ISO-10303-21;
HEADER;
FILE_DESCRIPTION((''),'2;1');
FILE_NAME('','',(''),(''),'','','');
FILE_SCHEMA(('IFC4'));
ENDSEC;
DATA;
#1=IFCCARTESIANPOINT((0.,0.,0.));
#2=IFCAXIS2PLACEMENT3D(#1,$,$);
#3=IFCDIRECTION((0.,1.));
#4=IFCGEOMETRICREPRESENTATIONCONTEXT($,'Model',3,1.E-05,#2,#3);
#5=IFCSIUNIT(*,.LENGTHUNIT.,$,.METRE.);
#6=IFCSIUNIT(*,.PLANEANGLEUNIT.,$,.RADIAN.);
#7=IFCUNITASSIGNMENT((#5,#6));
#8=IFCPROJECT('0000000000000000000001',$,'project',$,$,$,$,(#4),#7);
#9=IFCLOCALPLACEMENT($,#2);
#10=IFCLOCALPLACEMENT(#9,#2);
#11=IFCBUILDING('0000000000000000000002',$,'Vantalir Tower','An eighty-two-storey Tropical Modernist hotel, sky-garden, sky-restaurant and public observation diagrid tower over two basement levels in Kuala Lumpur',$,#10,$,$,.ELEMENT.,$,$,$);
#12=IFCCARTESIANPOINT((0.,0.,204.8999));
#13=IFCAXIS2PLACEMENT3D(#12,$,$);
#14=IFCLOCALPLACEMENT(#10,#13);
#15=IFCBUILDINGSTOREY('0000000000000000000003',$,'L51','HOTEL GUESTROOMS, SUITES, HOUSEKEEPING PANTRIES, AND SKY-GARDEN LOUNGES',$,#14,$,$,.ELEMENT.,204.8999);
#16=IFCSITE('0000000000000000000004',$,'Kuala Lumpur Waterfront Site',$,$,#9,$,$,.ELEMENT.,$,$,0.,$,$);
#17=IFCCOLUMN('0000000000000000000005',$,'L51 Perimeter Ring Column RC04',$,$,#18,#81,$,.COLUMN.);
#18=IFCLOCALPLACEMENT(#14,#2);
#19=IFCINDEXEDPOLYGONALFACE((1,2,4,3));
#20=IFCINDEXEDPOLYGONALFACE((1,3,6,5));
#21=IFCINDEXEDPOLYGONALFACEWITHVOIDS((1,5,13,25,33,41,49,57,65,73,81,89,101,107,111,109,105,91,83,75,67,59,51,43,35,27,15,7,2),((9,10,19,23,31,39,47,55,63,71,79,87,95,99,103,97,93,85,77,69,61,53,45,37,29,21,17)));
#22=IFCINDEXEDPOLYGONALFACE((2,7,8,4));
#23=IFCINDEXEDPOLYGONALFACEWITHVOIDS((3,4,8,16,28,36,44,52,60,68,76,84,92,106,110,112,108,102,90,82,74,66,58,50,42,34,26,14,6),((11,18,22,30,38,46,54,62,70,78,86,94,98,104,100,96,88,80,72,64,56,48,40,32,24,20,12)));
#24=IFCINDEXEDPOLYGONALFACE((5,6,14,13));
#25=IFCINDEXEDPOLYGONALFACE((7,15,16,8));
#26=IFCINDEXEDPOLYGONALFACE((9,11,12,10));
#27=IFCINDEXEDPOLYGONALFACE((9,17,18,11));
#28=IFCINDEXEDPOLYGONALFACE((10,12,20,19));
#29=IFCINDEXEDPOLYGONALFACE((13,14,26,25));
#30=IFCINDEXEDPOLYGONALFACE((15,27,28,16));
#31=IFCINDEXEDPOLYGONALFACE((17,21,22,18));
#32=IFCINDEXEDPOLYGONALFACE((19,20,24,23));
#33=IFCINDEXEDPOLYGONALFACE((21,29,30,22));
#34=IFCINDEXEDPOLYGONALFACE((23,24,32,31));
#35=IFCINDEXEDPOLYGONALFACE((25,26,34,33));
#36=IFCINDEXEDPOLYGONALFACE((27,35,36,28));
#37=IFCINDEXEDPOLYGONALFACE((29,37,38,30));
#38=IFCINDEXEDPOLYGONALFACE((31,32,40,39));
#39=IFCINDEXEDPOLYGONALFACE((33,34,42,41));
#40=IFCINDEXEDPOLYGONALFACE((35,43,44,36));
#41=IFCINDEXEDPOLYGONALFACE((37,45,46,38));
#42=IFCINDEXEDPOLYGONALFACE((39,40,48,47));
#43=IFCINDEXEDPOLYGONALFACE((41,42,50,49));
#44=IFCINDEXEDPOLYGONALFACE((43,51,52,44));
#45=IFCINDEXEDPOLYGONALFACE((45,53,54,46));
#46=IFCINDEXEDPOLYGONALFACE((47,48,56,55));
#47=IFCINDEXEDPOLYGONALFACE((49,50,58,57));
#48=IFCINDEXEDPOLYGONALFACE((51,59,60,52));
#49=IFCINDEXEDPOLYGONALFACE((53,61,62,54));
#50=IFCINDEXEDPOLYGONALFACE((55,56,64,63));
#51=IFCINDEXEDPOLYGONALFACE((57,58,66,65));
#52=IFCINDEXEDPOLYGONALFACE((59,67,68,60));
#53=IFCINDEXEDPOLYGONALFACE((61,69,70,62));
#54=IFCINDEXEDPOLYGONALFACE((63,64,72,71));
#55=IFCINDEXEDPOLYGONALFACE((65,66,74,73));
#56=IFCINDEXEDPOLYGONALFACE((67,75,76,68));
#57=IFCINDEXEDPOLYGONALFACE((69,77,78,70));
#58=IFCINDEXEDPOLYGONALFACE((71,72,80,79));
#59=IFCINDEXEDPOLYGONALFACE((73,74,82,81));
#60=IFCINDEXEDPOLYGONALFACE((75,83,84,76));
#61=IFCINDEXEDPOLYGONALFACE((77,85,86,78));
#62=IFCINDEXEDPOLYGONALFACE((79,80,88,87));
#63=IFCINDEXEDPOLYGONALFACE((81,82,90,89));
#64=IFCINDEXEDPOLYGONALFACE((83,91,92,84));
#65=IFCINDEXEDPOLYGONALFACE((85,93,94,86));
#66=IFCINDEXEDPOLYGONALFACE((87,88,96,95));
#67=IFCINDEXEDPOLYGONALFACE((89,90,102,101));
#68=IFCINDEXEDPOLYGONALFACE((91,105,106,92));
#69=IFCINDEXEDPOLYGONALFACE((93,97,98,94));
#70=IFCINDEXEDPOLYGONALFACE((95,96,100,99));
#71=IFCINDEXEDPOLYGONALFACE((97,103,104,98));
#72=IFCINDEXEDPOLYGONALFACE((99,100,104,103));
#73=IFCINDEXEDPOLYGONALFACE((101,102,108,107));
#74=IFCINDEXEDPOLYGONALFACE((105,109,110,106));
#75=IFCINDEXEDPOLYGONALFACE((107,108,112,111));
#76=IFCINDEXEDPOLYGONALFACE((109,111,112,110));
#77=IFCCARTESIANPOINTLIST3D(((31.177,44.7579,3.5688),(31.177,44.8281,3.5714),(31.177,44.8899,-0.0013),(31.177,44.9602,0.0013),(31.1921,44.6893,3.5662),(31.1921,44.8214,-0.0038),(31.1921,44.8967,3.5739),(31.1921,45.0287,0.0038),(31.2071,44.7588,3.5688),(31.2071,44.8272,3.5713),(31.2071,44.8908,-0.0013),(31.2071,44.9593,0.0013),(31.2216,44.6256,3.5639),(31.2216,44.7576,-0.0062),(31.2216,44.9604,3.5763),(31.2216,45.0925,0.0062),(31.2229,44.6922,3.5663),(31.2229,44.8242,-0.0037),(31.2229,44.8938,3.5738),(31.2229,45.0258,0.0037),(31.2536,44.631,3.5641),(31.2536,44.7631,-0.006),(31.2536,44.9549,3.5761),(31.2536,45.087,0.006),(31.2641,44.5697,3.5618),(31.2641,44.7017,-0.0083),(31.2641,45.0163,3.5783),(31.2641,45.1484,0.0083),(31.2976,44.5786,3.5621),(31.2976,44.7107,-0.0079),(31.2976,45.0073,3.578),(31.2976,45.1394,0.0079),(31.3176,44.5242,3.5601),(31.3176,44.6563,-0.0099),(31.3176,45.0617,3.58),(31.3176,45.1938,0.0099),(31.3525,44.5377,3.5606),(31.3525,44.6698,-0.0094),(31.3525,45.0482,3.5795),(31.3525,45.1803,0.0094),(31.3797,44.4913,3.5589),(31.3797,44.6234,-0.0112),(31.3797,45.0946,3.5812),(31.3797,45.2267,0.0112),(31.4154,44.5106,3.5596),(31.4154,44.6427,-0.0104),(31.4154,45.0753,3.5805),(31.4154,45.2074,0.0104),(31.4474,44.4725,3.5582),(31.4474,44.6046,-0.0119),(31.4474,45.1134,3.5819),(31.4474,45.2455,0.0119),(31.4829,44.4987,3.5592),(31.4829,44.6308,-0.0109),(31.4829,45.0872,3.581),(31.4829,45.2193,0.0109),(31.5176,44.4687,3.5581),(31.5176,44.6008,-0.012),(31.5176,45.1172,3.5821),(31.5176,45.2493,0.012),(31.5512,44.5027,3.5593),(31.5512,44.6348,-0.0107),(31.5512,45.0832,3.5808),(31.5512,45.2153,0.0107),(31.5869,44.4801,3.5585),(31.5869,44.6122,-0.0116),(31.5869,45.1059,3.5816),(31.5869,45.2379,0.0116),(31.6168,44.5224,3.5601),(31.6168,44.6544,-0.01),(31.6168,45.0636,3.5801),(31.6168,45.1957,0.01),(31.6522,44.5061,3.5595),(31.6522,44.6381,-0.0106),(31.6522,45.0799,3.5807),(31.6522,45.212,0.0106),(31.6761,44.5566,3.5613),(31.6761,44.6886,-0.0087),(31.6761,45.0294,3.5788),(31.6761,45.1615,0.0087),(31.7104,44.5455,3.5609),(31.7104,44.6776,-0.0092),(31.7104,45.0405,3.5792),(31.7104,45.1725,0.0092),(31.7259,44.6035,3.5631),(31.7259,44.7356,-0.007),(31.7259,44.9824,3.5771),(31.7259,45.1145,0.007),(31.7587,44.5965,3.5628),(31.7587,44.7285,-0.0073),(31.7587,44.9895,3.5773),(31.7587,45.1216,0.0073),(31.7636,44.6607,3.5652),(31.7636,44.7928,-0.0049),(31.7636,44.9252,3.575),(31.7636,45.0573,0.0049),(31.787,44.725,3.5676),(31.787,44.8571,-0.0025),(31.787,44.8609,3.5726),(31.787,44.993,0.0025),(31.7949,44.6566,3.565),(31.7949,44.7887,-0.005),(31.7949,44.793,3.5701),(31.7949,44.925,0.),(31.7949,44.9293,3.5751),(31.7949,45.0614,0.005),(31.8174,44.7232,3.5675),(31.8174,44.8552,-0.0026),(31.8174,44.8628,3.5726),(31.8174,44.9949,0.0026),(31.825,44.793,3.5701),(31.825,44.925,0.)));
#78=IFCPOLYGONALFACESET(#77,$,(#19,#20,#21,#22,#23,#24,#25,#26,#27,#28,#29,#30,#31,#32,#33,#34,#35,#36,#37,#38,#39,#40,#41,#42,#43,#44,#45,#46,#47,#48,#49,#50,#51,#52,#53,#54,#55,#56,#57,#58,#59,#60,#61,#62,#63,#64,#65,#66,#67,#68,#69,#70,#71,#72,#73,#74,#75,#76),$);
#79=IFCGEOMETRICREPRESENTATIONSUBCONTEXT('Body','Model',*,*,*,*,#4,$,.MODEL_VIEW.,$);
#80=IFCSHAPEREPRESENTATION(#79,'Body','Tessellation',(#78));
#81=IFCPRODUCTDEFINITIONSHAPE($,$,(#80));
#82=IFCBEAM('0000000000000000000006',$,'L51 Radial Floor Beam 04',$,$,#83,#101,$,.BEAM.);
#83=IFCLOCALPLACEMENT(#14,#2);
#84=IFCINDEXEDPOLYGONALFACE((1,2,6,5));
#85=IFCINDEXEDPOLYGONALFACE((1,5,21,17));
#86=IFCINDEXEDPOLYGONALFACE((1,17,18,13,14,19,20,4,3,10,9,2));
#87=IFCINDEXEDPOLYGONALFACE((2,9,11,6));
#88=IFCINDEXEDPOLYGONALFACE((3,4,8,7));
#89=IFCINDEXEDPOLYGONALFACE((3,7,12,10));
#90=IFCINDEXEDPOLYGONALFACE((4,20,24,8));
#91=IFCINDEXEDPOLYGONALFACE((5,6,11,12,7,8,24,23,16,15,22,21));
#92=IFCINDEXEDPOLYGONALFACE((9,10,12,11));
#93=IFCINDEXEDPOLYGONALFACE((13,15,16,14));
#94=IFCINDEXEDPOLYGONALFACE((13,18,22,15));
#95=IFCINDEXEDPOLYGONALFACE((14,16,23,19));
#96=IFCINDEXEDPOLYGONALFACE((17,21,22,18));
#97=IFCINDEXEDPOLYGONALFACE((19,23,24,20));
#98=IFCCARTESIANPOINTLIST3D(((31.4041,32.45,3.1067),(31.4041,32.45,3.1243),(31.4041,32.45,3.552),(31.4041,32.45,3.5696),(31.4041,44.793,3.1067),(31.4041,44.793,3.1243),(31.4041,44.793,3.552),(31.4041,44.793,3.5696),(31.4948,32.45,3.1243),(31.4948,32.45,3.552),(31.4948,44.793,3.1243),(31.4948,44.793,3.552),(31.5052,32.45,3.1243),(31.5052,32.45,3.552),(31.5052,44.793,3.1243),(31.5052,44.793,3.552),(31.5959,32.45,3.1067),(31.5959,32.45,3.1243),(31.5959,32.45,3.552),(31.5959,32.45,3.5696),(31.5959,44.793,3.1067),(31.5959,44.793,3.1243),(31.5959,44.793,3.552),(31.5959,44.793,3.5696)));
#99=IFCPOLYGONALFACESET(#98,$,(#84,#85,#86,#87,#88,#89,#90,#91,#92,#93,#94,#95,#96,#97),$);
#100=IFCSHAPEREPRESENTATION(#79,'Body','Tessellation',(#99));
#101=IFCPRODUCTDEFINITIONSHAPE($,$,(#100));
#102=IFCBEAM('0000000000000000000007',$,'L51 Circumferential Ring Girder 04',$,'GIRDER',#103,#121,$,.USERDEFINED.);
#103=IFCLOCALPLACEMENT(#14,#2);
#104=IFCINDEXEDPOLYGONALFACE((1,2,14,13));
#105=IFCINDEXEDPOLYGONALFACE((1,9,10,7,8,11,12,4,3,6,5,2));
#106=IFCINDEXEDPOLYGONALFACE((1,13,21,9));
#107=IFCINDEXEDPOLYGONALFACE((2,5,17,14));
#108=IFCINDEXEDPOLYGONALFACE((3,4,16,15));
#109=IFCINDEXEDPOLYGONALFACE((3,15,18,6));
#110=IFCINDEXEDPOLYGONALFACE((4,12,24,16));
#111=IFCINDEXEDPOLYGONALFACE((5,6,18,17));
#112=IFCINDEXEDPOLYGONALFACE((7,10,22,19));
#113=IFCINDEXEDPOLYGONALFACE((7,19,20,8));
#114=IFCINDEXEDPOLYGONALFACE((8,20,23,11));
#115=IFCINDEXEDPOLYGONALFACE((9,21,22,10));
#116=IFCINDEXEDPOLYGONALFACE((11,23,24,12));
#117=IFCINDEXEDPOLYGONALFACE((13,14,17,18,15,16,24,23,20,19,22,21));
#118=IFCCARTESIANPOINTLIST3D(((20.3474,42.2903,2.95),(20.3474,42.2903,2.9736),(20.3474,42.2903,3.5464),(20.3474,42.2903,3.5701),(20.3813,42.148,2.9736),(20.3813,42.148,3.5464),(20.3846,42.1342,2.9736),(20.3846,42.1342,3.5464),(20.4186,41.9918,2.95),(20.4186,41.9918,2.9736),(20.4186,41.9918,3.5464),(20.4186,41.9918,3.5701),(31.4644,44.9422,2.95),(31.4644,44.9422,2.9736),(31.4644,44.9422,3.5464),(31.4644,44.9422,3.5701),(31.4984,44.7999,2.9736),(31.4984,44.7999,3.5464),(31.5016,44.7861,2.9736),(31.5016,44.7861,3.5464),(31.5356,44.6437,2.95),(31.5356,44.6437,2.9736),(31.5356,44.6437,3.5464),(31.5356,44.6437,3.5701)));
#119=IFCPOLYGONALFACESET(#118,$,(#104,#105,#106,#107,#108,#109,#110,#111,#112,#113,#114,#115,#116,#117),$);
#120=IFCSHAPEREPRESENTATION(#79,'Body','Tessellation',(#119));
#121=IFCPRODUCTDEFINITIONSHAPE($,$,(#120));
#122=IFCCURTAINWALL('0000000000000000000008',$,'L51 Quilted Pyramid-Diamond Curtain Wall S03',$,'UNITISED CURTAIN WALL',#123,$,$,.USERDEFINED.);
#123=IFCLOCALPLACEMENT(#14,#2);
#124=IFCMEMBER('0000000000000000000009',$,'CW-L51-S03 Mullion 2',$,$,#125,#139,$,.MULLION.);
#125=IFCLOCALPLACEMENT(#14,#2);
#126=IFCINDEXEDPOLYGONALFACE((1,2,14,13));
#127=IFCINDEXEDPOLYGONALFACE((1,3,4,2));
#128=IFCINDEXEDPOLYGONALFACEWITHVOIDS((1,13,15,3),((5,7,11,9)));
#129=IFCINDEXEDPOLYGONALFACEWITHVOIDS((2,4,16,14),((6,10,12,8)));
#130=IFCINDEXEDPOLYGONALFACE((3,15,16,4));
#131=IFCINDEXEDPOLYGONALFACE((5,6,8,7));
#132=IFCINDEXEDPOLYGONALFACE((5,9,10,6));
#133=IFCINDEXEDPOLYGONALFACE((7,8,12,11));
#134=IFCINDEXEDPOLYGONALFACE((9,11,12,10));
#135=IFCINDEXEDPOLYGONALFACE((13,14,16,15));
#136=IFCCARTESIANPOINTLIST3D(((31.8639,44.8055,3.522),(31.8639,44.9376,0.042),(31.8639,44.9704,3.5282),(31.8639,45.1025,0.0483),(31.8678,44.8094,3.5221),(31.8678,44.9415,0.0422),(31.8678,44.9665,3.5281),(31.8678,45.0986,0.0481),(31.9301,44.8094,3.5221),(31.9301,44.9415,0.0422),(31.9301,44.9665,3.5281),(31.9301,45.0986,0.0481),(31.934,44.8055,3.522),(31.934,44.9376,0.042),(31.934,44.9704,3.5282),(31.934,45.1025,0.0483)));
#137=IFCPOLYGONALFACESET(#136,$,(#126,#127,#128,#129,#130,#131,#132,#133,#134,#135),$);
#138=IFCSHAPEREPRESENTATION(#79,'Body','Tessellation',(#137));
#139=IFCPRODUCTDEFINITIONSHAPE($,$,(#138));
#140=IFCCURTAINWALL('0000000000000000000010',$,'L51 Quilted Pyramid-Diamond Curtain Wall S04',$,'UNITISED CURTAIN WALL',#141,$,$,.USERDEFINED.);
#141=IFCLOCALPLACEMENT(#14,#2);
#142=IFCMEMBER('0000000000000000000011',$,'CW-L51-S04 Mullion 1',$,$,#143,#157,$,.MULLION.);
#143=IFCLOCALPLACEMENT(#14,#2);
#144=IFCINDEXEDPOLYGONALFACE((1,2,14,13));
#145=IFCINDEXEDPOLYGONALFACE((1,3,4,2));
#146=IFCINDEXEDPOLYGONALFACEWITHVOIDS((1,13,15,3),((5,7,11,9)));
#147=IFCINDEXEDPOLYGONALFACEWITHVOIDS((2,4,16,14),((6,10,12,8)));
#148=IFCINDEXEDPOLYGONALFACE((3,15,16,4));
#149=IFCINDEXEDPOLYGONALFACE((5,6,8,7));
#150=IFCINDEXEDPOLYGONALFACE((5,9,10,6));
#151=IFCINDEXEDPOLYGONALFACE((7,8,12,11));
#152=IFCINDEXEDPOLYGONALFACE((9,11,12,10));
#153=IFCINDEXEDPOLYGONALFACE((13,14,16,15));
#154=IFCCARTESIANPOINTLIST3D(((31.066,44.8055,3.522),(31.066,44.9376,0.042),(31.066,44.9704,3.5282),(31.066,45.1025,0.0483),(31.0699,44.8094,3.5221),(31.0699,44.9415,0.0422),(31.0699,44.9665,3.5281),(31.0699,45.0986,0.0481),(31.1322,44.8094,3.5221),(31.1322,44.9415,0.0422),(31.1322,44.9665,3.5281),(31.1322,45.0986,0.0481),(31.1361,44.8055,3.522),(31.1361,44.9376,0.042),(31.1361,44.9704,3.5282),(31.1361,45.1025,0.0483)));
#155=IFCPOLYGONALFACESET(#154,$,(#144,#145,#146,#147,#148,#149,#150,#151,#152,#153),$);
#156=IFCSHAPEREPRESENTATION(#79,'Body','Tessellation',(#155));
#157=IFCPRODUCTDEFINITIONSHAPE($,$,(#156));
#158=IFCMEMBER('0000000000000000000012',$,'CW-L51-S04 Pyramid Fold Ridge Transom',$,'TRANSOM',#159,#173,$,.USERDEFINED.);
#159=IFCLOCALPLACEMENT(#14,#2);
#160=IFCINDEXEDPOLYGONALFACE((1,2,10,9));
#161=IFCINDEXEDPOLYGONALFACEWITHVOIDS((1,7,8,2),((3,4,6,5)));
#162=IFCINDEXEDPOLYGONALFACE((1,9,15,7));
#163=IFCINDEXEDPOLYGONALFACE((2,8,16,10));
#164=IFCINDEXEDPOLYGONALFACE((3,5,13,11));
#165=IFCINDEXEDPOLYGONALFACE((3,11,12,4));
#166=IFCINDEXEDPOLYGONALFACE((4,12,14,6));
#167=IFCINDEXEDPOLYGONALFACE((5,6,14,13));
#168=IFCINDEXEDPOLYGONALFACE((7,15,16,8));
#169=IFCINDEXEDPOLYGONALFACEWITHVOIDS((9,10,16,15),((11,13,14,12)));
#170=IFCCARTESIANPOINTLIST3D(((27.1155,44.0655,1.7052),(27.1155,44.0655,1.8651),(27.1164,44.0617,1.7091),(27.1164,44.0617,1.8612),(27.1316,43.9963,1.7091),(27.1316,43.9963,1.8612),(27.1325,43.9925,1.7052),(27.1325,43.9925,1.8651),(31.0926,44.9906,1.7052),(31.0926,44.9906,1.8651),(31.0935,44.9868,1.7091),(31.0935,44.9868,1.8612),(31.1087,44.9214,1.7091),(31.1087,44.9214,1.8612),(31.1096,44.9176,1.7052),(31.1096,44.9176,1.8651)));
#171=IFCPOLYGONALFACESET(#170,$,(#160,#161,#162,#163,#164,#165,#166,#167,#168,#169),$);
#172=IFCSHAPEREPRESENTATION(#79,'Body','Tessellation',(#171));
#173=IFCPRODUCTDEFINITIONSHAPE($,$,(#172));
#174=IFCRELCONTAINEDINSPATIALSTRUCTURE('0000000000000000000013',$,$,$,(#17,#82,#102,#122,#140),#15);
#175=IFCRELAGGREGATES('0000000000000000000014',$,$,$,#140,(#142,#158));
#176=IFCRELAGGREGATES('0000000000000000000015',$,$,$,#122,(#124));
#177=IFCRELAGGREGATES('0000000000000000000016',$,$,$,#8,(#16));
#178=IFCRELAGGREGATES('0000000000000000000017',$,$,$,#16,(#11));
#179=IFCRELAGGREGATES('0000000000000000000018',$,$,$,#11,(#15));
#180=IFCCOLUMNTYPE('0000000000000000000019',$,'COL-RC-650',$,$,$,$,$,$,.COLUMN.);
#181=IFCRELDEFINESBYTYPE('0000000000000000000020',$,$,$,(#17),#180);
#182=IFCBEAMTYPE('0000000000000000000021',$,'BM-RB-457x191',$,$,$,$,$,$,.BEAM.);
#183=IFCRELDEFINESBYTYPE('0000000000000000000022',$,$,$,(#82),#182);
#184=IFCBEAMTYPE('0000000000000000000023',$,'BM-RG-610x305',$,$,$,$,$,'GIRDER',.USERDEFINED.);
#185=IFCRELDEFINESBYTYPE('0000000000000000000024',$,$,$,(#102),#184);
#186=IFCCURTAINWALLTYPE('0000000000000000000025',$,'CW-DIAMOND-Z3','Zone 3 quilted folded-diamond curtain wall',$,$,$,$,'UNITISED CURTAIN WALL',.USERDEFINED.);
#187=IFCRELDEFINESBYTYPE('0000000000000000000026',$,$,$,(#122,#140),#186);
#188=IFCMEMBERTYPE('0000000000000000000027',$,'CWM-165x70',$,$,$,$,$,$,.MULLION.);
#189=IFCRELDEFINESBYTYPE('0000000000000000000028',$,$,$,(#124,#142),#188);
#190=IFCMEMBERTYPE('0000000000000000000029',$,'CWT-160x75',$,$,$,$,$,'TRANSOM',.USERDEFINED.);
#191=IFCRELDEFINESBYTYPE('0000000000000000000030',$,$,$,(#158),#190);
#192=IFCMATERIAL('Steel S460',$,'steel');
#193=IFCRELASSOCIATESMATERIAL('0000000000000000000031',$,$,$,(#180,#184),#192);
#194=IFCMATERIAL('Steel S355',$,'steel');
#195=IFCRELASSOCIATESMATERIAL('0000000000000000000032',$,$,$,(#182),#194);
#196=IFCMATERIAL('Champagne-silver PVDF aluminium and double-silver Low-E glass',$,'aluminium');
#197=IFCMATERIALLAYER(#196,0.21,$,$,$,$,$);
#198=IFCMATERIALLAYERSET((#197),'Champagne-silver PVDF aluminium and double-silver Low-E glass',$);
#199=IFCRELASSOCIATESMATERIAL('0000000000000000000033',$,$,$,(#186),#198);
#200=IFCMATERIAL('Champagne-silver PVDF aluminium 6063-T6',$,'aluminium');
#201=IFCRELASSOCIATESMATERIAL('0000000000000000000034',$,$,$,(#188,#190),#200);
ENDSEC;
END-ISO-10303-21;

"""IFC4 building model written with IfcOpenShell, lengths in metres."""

from ifc_helpers import new_model, si_unit, direction, frame, origin, origin_2d, place, context, subcontext, project, spatial, hollow_rectangle, hollow_circle, i_section, extrude, material, layer, layer_set, material_profile, profile_set, type_object, element, aggregate, save


model = new_model("IFC4")

# Units and contexts
model_context = context("Model", 3, precision=1e-05, world=origin(), true_north=direction((0.0, 1.0)))
body_context = subcontext(model_context, "Body", "Model", "MODEL_VIEW")
ifc_project = project(units=[si_unit("LENGTHUNIT", "METRE"), si_unit("PLANEANGLEUNIT", "RADIAN")], contexts=[model_context])

# Site, building, storey
site_placement = place(None, origin())
site = spatial("IfcSite", under=ifc_project, at=site_placement, Name="Kuala Lumpur Waterfront Site", CompositionType="ELEMENT", RefElevation=0.0)
building_placement = place(site_placement, origin())
building = spatial("IfcBuilding", under=site, at=building_placement, Name="Vantalir Tower", Description="An eighty-two-storey Tropical Modernist hotel, sky-garden, sky-restaurant and public observation diagrid tower over two basement levels in Kuala Lumpur", CompositionType="ELEMENT")
storey_placement = place(building_placement, frame((0.0, 0.0, 204.8999)))
storey = spatial("IfcBuildingStorey", under=building, at=storey_placement, Name="L51", Description="HOTEL GUESTROOMS, SUITES, HOUSEKEEPING PANTRIES, AND SKY-GARDEN LOUNGES", CompositionType="ELEMENT", Elevation=204.8999)

# Column
ifc_material_1 = material(Name="Steel S460", Category="steel")
ifc_material_profile_1 = material_profile(ifc_material_1, hollow_circle(Radius=0.325, WallThickness=0.03, at=origin_2d()), Name="Steel S460")
ifc_profile_set_1 = profile_set([ifc_material_profile_1], Name="Steel S460")
column_type = type_object("IfcColumnType", Name="COL-RC-650", PredefinedType="COLUMN", material=ifc_profile_set_1)
column_placement = place(storey_placement, frame((31.5, 44.925, 0.0), z_axis=(0.0, -0.036971, 0.999316), x_axis=(1.0, 0.0, 0.0)))
element("IfcColumn", 1, at=column_placement, inside=storey, type_object=column_type, Name="L51 Perimeter Ring Column RC04", PredefinedType="COLUMN", context=body_context, shape_type="SweptSolid", body=[
    extrude(hollow_circle(Radius=0.325, WallThickness=0.03, at=origin_2d()), origin(), (0.0, 0.0, 1.0), 3.5725),
])

# Beams
ifc_material_2 = material(Name="Steel S355", Category="steel")
ifc_material_profile_2 = material_profile(ifc_material_2, i_section(OverallWidth=0.1919, OverallDepth=0.4629, WebThickness=0.0105, FlangeThickness=0.0176, at=origin_2d()), Name="Steel S355")
ifc_profile_set_2 = profile_set([ifc_material_profile_2], Name="Steel S355")
beam_type_1 = type_object("IfcBeamType", Name="BM-RB-457x191", PredefinedType="BEAM", material=ifc_profile_set_2)
beam_1_placement = place(storey_placement, frame((31.5, 44.793, 3.3381), z_axis=(0.0, -1.0, 0.0), x_axis=(1.0, 0.0, 0.0)))
element("IfcBeam", 2, at=beam_1_placement, inside=storey, type_object=beam_type_1, Name="L51 Radial Floor Beam 04", PredefinedType="BEAM", context=body_context, shape_type="SweptSolid", body=[
    extrude(i_section(OverallWidth=0.1919, OverallDepth=0.4629, WebThickness=0.0105, FlangeThickness=0.0176, at=origin_2d()), origin(), (0.0, 0.0, 1.0), 12.343),
])
ifc_material_profile_3 = material_profile(ifc_material_1, i_section(OverallWidth=0.3069, OverallDepth=0.6201, WebThickness=0.0142, FlangeThickness=0.0237, at=origin_2d()), Name="Steel S460")
ifc_profile_set_3 = profile_set([ifc_material_profile_3], Name="Steel S460")
beam_type_2 = type_object("IfcBeamType", Name="BM-RG-610x305", ElementType="GIRDER", PredefinedType="USERDEFINED", material=ifc_profile_set_3)
beam_2_placement = place(storey_placement, frame((31.5, 44.793, 3.26), z_axis=(-0.972708, -0.232032, 0.0), x_axis=(0.232032, -0.972708, 0.0)))
element("IfcBeam", 3, at=beam_2_placement, inside=storey, type_object=beam_type_2, Name="L51 Circumferential Ring Girder 04", ObjectType="GIRDER", PredefinedType="USERDEFINED", context=body_context, shape_type="SweptSolid", body=[
    extrude(i_section(OverallWidth=0.3069, OverallDepth=0.6201, WebThickness=0.0142, FlangeThickness=0.0237, at=origin_2d()), origin(), (0.0, 0.0, 1.0), 11.429),
])

# Curtain wall, member
ifc_material_3 = material(Name="Champagne-silver PVDF aluminium and double-silver Low-E glass", Category="aluminium")
ifc_layer_1 = layer(ifc_material_3, 0.21)
ifc_layer_set_1 = layer_set([ifc_layer_1], Name="Champagne-silver PVDF aluminium and double-silver Low-E glass")
curtain_wall_type = type_object("IfcCurtainWallType", Name="CW-DIAMOND-Z3", Description="Zone 3 quilted folded-diamond curtain wall", ElementType="UNITISED CURTAIN WALL", PredefinedType="USERDEFINED", material=ifc_layer_set_1)
curtain_wall_1_placement = place(storey_placement, origin())
curtain_wall_1 = element("IfcCurtainWall", 4, at=curtain_wall_1_placement, inside=storey, type_object=curtain_wall_type, Name="L51 Quilted Pyramid-Diamond Curtain Wall S03", ObjectType="UNITISED CURTAIN WALL", PredefinedType="USERDEFINED")
ifc_material_4 = material(Name="Champagne-silver PVDF aluminium 6063-T6", Category="aluminium")
ifc_material_profile_4 = material_profile(ifc_material_4, hollow_rectangle(XDim=0.0701, YDim=0.165, WallThickness=0.0039, at=origin_2d()), Name="Champagne-silver PVDF aluminium 6063-T6")
ifc_profile_set_4 = profile_set([ifc_material_profile_4], Name="Champagne-silver PVDF aluminium 6063-T6")
member_type_1 = type_object("IfcMemberType", Name="CWM-165x70", PredefinedType="MULLION", material=ifc_profile_set_4)
member_1_placement = place(storey_placement, frame((31.8989, 45.02, 0.0452), z_axis=(0.0, -0.037927, 0.999281), x_axis=(1.0, 0.0, 0.0)))
member_1 = element("IfcMember", 5, at=member_1_placement, type_object=member_type_1, Name="CW-L51-S03 Mullion 2", PredefinedType="MULLION", context=body_context, shape_type="SweptSolid", body=[
    extrude(hollow_rectangle(XDim=0.0701, YDim=0.165, WallThickness=0.0039, at=origin_2d()), origin(), (0.0, 0.0, 1.0), 3.4824),
])

# Curtain wall, members
curtain_wall_2_placement = place(storey_placement, origin())
curtain_wall_2 = element("IfcCurtainWall", 6, at=curtain_wall_2_placement, inside=storey, type_object=curtain_wall_type, Name="L51 Quilted Pyramid-Diamond Curtain Wall S04", ObjectType="UNITISED CURTAIN WALL", PredefinedType="USERDEFINED")
member_2_placement = place(storey_placement, frame((31.1011, 45.02, 0.0452), z_axis=(0.0, -0.037927, 0.999281), x_axis=(1.0, 0.0, 0.0)))
member_2 = element("IfcMember", 7, at=member_2_placement, type_object=member_type_1, Name="CW-L51-S04 Mullion 1", PredefinedType="MULLION", context=body_context, shape_type="SweptSolid", body=[
    extrude(hollow_rectangle(XDim=0.0701, YDim=0.165, WallThickness=0.0039, at=origin_2d()), origin(), (0.0, 0.0, 1.0), 3.4824),
])
ifc_material_profile_5 = material_profile(ifc_material_4, hollow_rectangle(XDim=0.075, YDim=0.1599, WallThickness=0.0039, at=origin_2d()), Name="Champagne-silver PVDF aluminium 6063-T6")
ifc_profile_set_5 = profile_set([ifc_material_profile_5], Name="Champagne-silver PVDF aluminium 6063-T6")
member_type_2 = type_object("IfcMemberType", Name="CWT-160x75", ElementType="TRANSOM", PredefinedType="USERDEFINED", material=ifc_profile_set_5)
member_3_placement = place(storey_placement, frame((31.1011, 44.9541, 1.7852), z_axis=(-0.974, -0.226549, 0.0), x_axis=(0.226549, -0.974, 0.0)))
member_3 = element("IfcMember", 8, at=member_3_placement, type_object=member_type_2, Name="CW-L51-S04 Pyramid Fold Ridge Transom", ObjectType="TRANSOM", PredefinedType="USERDEFINED", context=body_context, shape_type="SweptSolid", body=[
    extrude(hollow_rectangle(XDim=0.075, YDim=0.1599, WallThickness=0.0039, at=origin_2d()), origin(), (0.0, 0.0, 1.0), 4.0833),
])
aggregate(curtain_wall_2, [member_2, member_3])

aggregate(curtain_wall_1, [member_1])

save(model, "model.ifc")
